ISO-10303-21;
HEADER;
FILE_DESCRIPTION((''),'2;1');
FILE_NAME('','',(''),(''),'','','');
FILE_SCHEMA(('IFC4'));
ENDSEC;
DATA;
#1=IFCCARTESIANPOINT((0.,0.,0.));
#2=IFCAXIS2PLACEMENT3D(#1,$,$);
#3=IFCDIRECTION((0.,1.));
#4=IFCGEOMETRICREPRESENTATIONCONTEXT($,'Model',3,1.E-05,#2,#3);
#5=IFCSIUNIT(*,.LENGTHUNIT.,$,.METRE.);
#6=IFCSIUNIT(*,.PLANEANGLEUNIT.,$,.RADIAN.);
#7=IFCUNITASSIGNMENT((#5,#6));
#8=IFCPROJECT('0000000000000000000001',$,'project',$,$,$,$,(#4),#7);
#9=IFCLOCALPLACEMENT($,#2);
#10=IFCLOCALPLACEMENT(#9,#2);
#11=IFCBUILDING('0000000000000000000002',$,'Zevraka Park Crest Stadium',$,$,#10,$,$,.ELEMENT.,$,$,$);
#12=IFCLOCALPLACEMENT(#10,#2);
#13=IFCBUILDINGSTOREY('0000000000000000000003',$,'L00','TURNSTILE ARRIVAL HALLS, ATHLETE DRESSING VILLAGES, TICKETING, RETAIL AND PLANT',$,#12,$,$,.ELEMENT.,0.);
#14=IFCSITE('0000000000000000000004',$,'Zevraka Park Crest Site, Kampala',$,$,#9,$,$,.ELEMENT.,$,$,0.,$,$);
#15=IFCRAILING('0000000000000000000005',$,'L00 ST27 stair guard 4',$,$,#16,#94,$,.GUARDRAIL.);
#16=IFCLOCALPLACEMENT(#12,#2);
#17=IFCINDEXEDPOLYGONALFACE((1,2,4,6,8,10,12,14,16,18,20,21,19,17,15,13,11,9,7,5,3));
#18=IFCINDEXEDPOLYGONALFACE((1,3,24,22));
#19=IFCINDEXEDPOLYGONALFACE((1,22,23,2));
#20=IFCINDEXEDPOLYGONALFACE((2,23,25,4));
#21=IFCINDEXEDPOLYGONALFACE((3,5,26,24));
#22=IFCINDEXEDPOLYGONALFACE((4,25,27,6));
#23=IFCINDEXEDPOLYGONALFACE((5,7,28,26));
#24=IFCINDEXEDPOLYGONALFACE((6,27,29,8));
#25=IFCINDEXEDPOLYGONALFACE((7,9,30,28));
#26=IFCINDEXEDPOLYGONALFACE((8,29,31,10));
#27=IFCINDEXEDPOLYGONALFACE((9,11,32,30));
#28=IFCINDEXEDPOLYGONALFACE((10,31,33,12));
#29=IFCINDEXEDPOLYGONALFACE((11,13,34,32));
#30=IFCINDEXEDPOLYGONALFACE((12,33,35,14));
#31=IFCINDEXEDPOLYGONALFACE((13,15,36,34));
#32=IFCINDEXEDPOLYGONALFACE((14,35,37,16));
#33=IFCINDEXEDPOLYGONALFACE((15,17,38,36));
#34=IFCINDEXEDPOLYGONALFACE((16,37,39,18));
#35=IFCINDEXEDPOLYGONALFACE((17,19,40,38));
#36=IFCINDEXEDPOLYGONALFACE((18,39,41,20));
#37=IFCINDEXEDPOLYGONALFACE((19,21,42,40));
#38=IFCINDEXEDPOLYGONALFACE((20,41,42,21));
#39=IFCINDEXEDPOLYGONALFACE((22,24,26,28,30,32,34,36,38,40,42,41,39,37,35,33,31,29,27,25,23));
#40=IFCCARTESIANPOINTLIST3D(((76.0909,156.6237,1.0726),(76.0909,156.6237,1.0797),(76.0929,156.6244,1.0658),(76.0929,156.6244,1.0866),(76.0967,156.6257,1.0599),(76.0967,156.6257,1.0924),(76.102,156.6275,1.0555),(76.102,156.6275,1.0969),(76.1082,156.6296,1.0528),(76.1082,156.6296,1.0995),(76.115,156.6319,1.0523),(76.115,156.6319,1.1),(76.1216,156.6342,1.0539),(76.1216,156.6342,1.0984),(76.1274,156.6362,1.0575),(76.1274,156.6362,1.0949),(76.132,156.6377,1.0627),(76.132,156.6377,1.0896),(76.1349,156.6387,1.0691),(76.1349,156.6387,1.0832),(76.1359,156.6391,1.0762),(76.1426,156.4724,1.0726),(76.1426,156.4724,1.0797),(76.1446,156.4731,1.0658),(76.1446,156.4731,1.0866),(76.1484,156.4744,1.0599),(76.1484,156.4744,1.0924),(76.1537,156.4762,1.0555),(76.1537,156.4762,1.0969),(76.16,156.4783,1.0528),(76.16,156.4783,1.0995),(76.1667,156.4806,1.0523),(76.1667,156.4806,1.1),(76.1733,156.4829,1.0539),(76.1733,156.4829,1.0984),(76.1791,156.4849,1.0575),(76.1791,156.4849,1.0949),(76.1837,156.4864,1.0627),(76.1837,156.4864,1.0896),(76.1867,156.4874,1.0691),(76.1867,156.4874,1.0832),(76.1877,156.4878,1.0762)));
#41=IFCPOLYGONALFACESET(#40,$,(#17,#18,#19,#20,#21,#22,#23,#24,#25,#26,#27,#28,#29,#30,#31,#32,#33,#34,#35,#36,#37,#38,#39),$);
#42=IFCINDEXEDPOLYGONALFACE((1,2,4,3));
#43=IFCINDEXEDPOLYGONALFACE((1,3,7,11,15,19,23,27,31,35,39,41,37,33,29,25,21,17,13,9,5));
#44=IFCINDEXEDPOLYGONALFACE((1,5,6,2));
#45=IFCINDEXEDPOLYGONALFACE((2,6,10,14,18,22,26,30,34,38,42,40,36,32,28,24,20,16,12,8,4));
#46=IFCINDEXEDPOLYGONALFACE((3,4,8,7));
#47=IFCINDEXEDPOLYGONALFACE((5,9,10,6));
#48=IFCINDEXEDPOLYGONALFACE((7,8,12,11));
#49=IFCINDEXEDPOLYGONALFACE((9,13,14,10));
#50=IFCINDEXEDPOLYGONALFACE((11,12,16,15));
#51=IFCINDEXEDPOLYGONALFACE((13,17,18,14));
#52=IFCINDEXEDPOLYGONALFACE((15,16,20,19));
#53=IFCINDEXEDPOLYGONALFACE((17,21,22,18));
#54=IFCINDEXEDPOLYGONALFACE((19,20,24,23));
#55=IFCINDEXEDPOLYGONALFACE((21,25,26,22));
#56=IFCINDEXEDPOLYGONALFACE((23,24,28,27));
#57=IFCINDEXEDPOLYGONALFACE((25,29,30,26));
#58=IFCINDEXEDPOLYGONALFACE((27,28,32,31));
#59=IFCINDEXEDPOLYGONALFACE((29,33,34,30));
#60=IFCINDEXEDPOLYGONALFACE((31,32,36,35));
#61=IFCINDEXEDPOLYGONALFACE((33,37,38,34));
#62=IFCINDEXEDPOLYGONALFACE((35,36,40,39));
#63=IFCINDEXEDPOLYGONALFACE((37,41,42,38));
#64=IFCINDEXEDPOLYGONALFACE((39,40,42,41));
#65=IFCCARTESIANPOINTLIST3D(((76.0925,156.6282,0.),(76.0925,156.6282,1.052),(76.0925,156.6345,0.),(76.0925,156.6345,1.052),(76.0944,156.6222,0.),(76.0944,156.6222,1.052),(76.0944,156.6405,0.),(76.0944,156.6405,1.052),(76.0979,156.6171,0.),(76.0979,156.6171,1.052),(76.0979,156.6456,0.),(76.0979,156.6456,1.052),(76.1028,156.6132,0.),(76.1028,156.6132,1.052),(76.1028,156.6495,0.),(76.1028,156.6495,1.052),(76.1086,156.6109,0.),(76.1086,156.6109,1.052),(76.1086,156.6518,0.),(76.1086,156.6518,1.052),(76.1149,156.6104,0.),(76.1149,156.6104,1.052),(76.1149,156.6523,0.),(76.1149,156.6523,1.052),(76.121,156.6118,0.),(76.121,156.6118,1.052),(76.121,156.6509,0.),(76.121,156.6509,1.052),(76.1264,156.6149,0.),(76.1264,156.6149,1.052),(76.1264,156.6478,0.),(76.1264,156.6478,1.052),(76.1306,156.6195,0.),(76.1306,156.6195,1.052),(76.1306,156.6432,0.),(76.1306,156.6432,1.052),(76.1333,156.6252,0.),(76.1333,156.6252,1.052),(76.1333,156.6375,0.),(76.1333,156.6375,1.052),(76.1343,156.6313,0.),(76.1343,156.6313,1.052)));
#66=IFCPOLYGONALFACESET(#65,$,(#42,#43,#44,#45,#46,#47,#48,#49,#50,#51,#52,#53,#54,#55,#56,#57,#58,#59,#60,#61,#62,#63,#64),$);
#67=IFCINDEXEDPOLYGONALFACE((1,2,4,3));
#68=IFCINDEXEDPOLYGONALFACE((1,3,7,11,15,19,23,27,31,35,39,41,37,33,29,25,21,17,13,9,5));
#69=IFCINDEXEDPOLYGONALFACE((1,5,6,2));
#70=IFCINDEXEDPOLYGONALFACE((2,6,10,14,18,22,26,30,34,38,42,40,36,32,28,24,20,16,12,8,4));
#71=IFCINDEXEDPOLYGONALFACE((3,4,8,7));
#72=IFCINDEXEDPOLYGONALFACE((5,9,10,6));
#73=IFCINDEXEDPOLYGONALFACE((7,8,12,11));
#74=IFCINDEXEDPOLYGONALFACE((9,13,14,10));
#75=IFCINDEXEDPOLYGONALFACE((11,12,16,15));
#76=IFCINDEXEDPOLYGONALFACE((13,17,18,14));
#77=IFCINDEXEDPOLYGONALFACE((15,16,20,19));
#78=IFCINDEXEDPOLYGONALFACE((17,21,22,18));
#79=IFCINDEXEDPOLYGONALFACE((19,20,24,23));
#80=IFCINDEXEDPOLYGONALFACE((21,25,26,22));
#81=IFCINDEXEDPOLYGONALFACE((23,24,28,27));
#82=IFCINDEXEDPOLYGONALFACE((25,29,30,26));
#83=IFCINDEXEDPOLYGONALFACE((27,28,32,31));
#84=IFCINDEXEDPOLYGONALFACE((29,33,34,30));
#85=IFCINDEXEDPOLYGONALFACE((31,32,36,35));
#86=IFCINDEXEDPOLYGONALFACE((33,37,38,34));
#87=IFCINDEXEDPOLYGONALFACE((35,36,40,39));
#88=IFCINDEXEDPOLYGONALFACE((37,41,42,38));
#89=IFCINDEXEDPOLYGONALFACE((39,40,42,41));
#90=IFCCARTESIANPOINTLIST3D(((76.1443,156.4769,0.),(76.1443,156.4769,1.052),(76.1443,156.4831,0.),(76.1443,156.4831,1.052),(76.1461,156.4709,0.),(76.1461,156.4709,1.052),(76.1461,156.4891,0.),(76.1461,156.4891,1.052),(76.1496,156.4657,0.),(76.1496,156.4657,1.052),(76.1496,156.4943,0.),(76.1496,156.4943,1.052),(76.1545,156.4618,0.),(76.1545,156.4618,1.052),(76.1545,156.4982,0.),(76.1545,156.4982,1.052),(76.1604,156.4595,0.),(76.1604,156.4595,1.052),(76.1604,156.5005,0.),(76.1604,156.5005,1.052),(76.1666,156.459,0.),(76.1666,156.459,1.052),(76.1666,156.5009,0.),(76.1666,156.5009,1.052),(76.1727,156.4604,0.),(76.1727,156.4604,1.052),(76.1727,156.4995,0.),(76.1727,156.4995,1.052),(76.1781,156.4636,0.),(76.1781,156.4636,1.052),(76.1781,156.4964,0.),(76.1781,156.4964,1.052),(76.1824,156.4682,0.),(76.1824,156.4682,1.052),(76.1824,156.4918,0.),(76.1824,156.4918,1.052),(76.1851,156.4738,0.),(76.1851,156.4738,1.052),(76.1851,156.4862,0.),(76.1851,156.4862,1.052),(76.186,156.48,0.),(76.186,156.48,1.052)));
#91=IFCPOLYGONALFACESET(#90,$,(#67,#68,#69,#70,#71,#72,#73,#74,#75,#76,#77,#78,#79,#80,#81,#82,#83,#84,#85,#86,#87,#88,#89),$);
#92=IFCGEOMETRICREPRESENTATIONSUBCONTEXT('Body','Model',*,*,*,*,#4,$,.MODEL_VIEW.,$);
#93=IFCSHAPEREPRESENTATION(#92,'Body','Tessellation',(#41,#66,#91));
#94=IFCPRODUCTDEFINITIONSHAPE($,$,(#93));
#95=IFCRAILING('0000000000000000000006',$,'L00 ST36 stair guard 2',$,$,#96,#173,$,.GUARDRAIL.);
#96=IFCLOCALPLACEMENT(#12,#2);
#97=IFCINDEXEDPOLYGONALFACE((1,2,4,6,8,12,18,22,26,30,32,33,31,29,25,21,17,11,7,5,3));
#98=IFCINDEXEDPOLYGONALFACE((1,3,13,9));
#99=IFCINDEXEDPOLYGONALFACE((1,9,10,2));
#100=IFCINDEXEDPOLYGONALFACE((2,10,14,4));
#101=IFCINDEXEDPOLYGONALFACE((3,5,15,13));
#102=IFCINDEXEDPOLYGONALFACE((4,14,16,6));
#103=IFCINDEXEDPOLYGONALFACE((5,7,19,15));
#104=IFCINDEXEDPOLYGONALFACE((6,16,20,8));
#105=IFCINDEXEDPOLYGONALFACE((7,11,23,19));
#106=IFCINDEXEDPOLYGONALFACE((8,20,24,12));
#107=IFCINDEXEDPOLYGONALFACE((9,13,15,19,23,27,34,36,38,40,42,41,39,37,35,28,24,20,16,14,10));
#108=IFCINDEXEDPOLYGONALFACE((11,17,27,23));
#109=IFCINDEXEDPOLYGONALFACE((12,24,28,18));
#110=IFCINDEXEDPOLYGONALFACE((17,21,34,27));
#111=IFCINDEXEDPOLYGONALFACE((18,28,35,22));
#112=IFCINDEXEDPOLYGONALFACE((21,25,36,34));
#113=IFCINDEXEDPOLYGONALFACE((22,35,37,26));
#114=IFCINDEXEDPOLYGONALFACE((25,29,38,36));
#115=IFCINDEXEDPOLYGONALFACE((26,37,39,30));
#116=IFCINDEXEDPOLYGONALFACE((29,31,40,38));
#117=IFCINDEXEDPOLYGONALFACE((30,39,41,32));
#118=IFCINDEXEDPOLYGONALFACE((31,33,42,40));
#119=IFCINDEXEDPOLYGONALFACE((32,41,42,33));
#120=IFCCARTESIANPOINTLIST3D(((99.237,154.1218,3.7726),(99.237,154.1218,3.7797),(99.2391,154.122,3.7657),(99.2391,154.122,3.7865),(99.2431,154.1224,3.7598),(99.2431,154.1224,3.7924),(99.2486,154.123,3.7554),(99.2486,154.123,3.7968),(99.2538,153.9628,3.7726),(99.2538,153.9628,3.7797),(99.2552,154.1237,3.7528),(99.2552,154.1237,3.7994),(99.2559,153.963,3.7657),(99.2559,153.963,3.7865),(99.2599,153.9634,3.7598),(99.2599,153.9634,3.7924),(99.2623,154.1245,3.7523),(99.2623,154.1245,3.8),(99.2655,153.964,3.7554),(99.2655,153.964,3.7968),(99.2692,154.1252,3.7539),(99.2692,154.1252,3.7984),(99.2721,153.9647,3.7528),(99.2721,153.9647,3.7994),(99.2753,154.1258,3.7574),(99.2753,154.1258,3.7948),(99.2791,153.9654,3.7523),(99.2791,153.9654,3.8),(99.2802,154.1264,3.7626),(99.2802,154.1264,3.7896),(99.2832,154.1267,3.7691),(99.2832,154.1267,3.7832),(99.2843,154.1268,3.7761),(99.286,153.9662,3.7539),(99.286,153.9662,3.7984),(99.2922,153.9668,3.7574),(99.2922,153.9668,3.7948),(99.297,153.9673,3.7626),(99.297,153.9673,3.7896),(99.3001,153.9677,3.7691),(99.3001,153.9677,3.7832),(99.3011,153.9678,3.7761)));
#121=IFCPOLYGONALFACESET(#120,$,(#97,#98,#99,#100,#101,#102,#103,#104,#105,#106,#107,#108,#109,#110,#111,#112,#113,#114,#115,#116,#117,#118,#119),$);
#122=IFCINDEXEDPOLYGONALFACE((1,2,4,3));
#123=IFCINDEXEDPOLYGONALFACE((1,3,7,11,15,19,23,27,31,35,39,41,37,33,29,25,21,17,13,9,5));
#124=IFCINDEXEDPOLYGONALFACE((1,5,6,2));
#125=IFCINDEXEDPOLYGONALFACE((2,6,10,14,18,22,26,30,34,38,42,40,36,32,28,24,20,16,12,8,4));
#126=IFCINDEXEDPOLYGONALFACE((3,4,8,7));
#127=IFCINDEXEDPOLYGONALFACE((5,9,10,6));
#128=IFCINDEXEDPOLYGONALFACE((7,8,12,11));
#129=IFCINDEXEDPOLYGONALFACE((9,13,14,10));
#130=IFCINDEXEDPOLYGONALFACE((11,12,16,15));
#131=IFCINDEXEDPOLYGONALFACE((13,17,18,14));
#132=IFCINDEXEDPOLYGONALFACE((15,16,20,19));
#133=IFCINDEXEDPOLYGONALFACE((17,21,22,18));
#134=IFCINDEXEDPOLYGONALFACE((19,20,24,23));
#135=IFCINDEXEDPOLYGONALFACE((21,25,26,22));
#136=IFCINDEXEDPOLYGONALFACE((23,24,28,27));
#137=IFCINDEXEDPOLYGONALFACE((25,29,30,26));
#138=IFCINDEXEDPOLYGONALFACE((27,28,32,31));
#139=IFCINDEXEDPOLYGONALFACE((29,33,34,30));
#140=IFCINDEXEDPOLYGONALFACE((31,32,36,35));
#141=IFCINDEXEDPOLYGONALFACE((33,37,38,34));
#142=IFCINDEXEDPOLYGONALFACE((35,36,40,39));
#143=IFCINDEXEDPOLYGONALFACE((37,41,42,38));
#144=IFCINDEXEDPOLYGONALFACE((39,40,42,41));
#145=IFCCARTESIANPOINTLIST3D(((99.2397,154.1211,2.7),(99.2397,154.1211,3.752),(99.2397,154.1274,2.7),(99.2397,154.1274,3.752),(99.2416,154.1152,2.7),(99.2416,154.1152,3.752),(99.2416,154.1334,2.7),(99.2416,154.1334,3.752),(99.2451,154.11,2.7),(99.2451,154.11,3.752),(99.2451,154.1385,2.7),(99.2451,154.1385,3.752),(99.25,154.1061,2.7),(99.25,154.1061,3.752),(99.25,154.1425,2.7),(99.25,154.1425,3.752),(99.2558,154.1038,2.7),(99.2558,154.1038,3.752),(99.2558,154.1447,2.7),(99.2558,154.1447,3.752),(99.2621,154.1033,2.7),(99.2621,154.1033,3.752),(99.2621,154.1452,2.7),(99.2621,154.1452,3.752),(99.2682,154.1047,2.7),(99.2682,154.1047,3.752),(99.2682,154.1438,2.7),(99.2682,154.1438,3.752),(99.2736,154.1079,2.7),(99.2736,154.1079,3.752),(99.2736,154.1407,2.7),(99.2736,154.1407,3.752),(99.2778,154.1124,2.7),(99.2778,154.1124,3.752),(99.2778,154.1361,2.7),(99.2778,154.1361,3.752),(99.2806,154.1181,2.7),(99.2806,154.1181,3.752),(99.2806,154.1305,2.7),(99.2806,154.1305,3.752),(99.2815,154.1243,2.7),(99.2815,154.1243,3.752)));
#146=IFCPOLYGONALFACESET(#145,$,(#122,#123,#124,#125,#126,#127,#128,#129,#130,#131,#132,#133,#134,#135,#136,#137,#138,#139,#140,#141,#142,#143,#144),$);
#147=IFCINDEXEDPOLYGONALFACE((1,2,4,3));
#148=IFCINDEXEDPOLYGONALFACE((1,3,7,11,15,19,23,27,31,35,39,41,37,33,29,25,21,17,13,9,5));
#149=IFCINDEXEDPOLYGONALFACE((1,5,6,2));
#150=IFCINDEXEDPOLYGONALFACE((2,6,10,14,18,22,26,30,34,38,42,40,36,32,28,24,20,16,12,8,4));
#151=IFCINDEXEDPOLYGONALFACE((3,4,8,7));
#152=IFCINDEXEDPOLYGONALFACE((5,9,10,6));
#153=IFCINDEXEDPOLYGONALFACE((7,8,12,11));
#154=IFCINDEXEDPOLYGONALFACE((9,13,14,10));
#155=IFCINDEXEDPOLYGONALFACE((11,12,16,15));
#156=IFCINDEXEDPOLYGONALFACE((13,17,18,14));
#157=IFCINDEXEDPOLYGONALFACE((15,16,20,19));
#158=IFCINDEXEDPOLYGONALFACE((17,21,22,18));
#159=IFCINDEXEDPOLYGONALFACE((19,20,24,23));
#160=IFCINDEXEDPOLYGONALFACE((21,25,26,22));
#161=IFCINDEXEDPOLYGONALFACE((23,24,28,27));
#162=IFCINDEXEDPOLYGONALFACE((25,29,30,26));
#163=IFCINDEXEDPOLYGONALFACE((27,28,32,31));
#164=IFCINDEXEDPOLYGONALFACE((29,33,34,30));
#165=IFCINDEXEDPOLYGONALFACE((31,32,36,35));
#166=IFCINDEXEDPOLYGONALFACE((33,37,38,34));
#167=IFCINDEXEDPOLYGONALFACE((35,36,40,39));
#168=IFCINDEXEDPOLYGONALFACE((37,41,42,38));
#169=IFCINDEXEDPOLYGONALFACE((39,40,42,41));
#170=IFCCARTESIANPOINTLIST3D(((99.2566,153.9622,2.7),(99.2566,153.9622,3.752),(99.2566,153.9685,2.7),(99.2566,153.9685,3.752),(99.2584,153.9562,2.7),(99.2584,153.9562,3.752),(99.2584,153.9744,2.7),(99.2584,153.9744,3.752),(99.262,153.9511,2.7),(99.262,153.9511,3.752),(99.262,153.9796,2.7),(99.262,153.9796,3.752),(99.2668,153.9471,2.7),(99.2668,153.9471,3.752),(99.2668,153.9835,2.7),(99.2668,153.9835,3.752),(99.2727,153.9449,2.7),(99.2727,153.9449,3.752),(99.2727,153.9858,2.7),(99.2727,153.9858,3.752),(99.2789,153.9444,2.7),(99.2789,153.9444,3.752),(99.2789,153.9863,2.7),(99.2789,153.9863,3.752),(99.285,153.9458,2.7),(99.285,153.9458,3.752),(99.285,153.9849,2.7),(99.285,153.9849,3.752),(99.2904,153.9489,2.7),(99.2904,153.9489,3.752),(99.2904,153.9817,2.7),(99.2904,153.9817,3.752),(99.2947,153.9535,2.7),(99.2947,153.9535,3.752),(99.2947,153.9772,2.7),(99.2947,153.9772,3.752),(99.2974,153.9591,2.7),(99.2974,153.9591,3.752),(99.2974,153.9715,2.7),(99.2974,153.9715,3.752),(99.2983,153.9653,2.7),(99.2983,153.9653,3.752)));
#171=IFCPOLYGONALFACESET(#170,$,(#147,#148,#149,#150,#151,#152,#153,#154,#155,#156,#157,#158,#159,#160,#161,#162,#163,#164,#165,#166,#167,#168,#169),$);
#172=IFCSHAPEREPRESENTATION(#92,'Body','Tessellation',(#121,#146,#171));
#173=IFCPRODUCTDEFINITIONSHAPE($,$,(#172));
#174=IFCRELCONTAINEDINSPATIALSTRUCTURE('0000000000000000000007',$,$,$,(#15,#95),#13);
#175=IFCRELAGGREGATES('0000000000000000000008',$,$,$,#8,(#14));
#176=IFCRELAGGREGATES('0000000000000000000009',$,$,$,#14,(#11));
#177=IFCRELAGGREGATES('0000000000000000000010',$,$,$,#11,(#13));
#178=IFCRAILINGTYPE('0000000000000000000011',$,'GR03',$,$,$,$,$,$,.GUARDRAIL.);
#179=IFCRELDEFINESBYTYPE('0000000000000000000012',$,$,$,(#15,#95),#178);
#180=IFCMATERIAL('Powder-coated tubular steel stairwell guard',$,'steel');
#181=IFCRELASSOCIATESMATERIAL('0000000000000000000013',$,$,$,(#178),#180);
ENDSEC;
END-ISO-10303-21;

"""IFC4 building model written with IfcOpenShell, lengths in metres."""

from ifc_helpers import new_model, si_unit, direction, frame, origin, origin_2d, place, context, subcontext, project, spatial, circle, extrude, material, type_object, element, save


model = new_model("IFC4")

# Units and contexts
model_context = context("Model", 3, precision=1e-05, world=origin(), true_north=direction((0.0, 1.0)))
body_context = subcontext(model_context, "Body", "Model", "MODEL_VIEW")
ifc_project = project(units=[si_unit("LENGTHUNIT", "METRE"), si_unit("PLANEANGLEUNIT", "RADIAN")], contexts=[model_context])

# Site, building, storey
site_placement = place(None, origin())
site = spatial("IfcSite", under=ifc_project, at=site_placement, Name="Zevraka Park Crest Site, Kampala", CompositionType="ELEMENT", RefElevation=0.0)
building_placement = place(site_placement, origin())
building = spatial("IfcBuilding", under=site, at=building_placement, Name="Zevraka Park Crest Stadium", CompositionType="ELEMENT")
storey_placement = place(building_placement, origin())
storey = spatial("IfcBuildingStorey", under=building, at=storey_placement, Name="L00", Description="TURNSTILE ARRIVAL HALLS, ATHLETE DRESSING VILLAGES, TICKETING, RETAIL AND PLANT", CompositionType="ELEMENT", Elevation=0.0)

# Railings
ifc_material_1 = material(Name="Powder-coated tubular steel stairwell guard", Category="steel")
railing_type_1 = type_object("IfcRailingType", Name="GR03", PredefinedType="GUARDRAIL", material=ifc_material_1)
railing_1_placement = place(storey_placement, frame((76.1133, 156.6313, 0.0)))
element("IfcRailing", 1, at=railing_1_placement, inside=storey, type_object=railing_type_1, Name="L00 ST27 stair guard 4", PredefinedType="GUARDRAIL", context=body_context, shape_type="SweptSolid", body=[
    extrude(circle(Radius=0.0239, at=origin_2d()), frame((0.0, 0.0, 1.0762), z_axis=(0.323544, -0.946213, 0.0), x_axis=(0.946213, 0.323544, 0.0)), (0.0, 0.0, 1.0), 0.1599),
    extrude(circle(Radius=0.021, at=origin_2d()), origin(), (0.0, 0.0, 1.0), 1.052),
    extrude(circle(Radius=0.021, at=origin_2d()), frame((0.0518, -0.1514, 0.0)), (0.0, 0.0, 1.0), 1.052),
])
railing_2_placement = place(storey_placement, frame((99.2605, 154.1243, 2.7)))
element("IfcRailing", 2, at=railing_2_placement, inside=storey, type_object=railing_type_1, Name="L00 ST36 stair guard 2", PredefinedType="GUARDRAIL", context=body_context, shape_type="SweptSolid", body=[
    extrude(circle(Radius=0.0239, at=origin_2d()), frame((0.0, 0.0, 1.0762), z_axis=(0.1054, -0.99443, 0.0), x_axis=(0.99443, 0.1054, 0.0)), (0.0, 0.0, 1.0), 0.1599),
    extrude(circle(Radius=0.021, at=origin_2d()), origin(), (0.0, 0.0, 1.0), 1.052),
    extrude(circle(Radius=0.021, at=origin_2d()), frame((0.0168, -0.1589, 0.0)), (0.0, 0.0, 1.0), 1.052),
])

save(model, "model.ifc")
